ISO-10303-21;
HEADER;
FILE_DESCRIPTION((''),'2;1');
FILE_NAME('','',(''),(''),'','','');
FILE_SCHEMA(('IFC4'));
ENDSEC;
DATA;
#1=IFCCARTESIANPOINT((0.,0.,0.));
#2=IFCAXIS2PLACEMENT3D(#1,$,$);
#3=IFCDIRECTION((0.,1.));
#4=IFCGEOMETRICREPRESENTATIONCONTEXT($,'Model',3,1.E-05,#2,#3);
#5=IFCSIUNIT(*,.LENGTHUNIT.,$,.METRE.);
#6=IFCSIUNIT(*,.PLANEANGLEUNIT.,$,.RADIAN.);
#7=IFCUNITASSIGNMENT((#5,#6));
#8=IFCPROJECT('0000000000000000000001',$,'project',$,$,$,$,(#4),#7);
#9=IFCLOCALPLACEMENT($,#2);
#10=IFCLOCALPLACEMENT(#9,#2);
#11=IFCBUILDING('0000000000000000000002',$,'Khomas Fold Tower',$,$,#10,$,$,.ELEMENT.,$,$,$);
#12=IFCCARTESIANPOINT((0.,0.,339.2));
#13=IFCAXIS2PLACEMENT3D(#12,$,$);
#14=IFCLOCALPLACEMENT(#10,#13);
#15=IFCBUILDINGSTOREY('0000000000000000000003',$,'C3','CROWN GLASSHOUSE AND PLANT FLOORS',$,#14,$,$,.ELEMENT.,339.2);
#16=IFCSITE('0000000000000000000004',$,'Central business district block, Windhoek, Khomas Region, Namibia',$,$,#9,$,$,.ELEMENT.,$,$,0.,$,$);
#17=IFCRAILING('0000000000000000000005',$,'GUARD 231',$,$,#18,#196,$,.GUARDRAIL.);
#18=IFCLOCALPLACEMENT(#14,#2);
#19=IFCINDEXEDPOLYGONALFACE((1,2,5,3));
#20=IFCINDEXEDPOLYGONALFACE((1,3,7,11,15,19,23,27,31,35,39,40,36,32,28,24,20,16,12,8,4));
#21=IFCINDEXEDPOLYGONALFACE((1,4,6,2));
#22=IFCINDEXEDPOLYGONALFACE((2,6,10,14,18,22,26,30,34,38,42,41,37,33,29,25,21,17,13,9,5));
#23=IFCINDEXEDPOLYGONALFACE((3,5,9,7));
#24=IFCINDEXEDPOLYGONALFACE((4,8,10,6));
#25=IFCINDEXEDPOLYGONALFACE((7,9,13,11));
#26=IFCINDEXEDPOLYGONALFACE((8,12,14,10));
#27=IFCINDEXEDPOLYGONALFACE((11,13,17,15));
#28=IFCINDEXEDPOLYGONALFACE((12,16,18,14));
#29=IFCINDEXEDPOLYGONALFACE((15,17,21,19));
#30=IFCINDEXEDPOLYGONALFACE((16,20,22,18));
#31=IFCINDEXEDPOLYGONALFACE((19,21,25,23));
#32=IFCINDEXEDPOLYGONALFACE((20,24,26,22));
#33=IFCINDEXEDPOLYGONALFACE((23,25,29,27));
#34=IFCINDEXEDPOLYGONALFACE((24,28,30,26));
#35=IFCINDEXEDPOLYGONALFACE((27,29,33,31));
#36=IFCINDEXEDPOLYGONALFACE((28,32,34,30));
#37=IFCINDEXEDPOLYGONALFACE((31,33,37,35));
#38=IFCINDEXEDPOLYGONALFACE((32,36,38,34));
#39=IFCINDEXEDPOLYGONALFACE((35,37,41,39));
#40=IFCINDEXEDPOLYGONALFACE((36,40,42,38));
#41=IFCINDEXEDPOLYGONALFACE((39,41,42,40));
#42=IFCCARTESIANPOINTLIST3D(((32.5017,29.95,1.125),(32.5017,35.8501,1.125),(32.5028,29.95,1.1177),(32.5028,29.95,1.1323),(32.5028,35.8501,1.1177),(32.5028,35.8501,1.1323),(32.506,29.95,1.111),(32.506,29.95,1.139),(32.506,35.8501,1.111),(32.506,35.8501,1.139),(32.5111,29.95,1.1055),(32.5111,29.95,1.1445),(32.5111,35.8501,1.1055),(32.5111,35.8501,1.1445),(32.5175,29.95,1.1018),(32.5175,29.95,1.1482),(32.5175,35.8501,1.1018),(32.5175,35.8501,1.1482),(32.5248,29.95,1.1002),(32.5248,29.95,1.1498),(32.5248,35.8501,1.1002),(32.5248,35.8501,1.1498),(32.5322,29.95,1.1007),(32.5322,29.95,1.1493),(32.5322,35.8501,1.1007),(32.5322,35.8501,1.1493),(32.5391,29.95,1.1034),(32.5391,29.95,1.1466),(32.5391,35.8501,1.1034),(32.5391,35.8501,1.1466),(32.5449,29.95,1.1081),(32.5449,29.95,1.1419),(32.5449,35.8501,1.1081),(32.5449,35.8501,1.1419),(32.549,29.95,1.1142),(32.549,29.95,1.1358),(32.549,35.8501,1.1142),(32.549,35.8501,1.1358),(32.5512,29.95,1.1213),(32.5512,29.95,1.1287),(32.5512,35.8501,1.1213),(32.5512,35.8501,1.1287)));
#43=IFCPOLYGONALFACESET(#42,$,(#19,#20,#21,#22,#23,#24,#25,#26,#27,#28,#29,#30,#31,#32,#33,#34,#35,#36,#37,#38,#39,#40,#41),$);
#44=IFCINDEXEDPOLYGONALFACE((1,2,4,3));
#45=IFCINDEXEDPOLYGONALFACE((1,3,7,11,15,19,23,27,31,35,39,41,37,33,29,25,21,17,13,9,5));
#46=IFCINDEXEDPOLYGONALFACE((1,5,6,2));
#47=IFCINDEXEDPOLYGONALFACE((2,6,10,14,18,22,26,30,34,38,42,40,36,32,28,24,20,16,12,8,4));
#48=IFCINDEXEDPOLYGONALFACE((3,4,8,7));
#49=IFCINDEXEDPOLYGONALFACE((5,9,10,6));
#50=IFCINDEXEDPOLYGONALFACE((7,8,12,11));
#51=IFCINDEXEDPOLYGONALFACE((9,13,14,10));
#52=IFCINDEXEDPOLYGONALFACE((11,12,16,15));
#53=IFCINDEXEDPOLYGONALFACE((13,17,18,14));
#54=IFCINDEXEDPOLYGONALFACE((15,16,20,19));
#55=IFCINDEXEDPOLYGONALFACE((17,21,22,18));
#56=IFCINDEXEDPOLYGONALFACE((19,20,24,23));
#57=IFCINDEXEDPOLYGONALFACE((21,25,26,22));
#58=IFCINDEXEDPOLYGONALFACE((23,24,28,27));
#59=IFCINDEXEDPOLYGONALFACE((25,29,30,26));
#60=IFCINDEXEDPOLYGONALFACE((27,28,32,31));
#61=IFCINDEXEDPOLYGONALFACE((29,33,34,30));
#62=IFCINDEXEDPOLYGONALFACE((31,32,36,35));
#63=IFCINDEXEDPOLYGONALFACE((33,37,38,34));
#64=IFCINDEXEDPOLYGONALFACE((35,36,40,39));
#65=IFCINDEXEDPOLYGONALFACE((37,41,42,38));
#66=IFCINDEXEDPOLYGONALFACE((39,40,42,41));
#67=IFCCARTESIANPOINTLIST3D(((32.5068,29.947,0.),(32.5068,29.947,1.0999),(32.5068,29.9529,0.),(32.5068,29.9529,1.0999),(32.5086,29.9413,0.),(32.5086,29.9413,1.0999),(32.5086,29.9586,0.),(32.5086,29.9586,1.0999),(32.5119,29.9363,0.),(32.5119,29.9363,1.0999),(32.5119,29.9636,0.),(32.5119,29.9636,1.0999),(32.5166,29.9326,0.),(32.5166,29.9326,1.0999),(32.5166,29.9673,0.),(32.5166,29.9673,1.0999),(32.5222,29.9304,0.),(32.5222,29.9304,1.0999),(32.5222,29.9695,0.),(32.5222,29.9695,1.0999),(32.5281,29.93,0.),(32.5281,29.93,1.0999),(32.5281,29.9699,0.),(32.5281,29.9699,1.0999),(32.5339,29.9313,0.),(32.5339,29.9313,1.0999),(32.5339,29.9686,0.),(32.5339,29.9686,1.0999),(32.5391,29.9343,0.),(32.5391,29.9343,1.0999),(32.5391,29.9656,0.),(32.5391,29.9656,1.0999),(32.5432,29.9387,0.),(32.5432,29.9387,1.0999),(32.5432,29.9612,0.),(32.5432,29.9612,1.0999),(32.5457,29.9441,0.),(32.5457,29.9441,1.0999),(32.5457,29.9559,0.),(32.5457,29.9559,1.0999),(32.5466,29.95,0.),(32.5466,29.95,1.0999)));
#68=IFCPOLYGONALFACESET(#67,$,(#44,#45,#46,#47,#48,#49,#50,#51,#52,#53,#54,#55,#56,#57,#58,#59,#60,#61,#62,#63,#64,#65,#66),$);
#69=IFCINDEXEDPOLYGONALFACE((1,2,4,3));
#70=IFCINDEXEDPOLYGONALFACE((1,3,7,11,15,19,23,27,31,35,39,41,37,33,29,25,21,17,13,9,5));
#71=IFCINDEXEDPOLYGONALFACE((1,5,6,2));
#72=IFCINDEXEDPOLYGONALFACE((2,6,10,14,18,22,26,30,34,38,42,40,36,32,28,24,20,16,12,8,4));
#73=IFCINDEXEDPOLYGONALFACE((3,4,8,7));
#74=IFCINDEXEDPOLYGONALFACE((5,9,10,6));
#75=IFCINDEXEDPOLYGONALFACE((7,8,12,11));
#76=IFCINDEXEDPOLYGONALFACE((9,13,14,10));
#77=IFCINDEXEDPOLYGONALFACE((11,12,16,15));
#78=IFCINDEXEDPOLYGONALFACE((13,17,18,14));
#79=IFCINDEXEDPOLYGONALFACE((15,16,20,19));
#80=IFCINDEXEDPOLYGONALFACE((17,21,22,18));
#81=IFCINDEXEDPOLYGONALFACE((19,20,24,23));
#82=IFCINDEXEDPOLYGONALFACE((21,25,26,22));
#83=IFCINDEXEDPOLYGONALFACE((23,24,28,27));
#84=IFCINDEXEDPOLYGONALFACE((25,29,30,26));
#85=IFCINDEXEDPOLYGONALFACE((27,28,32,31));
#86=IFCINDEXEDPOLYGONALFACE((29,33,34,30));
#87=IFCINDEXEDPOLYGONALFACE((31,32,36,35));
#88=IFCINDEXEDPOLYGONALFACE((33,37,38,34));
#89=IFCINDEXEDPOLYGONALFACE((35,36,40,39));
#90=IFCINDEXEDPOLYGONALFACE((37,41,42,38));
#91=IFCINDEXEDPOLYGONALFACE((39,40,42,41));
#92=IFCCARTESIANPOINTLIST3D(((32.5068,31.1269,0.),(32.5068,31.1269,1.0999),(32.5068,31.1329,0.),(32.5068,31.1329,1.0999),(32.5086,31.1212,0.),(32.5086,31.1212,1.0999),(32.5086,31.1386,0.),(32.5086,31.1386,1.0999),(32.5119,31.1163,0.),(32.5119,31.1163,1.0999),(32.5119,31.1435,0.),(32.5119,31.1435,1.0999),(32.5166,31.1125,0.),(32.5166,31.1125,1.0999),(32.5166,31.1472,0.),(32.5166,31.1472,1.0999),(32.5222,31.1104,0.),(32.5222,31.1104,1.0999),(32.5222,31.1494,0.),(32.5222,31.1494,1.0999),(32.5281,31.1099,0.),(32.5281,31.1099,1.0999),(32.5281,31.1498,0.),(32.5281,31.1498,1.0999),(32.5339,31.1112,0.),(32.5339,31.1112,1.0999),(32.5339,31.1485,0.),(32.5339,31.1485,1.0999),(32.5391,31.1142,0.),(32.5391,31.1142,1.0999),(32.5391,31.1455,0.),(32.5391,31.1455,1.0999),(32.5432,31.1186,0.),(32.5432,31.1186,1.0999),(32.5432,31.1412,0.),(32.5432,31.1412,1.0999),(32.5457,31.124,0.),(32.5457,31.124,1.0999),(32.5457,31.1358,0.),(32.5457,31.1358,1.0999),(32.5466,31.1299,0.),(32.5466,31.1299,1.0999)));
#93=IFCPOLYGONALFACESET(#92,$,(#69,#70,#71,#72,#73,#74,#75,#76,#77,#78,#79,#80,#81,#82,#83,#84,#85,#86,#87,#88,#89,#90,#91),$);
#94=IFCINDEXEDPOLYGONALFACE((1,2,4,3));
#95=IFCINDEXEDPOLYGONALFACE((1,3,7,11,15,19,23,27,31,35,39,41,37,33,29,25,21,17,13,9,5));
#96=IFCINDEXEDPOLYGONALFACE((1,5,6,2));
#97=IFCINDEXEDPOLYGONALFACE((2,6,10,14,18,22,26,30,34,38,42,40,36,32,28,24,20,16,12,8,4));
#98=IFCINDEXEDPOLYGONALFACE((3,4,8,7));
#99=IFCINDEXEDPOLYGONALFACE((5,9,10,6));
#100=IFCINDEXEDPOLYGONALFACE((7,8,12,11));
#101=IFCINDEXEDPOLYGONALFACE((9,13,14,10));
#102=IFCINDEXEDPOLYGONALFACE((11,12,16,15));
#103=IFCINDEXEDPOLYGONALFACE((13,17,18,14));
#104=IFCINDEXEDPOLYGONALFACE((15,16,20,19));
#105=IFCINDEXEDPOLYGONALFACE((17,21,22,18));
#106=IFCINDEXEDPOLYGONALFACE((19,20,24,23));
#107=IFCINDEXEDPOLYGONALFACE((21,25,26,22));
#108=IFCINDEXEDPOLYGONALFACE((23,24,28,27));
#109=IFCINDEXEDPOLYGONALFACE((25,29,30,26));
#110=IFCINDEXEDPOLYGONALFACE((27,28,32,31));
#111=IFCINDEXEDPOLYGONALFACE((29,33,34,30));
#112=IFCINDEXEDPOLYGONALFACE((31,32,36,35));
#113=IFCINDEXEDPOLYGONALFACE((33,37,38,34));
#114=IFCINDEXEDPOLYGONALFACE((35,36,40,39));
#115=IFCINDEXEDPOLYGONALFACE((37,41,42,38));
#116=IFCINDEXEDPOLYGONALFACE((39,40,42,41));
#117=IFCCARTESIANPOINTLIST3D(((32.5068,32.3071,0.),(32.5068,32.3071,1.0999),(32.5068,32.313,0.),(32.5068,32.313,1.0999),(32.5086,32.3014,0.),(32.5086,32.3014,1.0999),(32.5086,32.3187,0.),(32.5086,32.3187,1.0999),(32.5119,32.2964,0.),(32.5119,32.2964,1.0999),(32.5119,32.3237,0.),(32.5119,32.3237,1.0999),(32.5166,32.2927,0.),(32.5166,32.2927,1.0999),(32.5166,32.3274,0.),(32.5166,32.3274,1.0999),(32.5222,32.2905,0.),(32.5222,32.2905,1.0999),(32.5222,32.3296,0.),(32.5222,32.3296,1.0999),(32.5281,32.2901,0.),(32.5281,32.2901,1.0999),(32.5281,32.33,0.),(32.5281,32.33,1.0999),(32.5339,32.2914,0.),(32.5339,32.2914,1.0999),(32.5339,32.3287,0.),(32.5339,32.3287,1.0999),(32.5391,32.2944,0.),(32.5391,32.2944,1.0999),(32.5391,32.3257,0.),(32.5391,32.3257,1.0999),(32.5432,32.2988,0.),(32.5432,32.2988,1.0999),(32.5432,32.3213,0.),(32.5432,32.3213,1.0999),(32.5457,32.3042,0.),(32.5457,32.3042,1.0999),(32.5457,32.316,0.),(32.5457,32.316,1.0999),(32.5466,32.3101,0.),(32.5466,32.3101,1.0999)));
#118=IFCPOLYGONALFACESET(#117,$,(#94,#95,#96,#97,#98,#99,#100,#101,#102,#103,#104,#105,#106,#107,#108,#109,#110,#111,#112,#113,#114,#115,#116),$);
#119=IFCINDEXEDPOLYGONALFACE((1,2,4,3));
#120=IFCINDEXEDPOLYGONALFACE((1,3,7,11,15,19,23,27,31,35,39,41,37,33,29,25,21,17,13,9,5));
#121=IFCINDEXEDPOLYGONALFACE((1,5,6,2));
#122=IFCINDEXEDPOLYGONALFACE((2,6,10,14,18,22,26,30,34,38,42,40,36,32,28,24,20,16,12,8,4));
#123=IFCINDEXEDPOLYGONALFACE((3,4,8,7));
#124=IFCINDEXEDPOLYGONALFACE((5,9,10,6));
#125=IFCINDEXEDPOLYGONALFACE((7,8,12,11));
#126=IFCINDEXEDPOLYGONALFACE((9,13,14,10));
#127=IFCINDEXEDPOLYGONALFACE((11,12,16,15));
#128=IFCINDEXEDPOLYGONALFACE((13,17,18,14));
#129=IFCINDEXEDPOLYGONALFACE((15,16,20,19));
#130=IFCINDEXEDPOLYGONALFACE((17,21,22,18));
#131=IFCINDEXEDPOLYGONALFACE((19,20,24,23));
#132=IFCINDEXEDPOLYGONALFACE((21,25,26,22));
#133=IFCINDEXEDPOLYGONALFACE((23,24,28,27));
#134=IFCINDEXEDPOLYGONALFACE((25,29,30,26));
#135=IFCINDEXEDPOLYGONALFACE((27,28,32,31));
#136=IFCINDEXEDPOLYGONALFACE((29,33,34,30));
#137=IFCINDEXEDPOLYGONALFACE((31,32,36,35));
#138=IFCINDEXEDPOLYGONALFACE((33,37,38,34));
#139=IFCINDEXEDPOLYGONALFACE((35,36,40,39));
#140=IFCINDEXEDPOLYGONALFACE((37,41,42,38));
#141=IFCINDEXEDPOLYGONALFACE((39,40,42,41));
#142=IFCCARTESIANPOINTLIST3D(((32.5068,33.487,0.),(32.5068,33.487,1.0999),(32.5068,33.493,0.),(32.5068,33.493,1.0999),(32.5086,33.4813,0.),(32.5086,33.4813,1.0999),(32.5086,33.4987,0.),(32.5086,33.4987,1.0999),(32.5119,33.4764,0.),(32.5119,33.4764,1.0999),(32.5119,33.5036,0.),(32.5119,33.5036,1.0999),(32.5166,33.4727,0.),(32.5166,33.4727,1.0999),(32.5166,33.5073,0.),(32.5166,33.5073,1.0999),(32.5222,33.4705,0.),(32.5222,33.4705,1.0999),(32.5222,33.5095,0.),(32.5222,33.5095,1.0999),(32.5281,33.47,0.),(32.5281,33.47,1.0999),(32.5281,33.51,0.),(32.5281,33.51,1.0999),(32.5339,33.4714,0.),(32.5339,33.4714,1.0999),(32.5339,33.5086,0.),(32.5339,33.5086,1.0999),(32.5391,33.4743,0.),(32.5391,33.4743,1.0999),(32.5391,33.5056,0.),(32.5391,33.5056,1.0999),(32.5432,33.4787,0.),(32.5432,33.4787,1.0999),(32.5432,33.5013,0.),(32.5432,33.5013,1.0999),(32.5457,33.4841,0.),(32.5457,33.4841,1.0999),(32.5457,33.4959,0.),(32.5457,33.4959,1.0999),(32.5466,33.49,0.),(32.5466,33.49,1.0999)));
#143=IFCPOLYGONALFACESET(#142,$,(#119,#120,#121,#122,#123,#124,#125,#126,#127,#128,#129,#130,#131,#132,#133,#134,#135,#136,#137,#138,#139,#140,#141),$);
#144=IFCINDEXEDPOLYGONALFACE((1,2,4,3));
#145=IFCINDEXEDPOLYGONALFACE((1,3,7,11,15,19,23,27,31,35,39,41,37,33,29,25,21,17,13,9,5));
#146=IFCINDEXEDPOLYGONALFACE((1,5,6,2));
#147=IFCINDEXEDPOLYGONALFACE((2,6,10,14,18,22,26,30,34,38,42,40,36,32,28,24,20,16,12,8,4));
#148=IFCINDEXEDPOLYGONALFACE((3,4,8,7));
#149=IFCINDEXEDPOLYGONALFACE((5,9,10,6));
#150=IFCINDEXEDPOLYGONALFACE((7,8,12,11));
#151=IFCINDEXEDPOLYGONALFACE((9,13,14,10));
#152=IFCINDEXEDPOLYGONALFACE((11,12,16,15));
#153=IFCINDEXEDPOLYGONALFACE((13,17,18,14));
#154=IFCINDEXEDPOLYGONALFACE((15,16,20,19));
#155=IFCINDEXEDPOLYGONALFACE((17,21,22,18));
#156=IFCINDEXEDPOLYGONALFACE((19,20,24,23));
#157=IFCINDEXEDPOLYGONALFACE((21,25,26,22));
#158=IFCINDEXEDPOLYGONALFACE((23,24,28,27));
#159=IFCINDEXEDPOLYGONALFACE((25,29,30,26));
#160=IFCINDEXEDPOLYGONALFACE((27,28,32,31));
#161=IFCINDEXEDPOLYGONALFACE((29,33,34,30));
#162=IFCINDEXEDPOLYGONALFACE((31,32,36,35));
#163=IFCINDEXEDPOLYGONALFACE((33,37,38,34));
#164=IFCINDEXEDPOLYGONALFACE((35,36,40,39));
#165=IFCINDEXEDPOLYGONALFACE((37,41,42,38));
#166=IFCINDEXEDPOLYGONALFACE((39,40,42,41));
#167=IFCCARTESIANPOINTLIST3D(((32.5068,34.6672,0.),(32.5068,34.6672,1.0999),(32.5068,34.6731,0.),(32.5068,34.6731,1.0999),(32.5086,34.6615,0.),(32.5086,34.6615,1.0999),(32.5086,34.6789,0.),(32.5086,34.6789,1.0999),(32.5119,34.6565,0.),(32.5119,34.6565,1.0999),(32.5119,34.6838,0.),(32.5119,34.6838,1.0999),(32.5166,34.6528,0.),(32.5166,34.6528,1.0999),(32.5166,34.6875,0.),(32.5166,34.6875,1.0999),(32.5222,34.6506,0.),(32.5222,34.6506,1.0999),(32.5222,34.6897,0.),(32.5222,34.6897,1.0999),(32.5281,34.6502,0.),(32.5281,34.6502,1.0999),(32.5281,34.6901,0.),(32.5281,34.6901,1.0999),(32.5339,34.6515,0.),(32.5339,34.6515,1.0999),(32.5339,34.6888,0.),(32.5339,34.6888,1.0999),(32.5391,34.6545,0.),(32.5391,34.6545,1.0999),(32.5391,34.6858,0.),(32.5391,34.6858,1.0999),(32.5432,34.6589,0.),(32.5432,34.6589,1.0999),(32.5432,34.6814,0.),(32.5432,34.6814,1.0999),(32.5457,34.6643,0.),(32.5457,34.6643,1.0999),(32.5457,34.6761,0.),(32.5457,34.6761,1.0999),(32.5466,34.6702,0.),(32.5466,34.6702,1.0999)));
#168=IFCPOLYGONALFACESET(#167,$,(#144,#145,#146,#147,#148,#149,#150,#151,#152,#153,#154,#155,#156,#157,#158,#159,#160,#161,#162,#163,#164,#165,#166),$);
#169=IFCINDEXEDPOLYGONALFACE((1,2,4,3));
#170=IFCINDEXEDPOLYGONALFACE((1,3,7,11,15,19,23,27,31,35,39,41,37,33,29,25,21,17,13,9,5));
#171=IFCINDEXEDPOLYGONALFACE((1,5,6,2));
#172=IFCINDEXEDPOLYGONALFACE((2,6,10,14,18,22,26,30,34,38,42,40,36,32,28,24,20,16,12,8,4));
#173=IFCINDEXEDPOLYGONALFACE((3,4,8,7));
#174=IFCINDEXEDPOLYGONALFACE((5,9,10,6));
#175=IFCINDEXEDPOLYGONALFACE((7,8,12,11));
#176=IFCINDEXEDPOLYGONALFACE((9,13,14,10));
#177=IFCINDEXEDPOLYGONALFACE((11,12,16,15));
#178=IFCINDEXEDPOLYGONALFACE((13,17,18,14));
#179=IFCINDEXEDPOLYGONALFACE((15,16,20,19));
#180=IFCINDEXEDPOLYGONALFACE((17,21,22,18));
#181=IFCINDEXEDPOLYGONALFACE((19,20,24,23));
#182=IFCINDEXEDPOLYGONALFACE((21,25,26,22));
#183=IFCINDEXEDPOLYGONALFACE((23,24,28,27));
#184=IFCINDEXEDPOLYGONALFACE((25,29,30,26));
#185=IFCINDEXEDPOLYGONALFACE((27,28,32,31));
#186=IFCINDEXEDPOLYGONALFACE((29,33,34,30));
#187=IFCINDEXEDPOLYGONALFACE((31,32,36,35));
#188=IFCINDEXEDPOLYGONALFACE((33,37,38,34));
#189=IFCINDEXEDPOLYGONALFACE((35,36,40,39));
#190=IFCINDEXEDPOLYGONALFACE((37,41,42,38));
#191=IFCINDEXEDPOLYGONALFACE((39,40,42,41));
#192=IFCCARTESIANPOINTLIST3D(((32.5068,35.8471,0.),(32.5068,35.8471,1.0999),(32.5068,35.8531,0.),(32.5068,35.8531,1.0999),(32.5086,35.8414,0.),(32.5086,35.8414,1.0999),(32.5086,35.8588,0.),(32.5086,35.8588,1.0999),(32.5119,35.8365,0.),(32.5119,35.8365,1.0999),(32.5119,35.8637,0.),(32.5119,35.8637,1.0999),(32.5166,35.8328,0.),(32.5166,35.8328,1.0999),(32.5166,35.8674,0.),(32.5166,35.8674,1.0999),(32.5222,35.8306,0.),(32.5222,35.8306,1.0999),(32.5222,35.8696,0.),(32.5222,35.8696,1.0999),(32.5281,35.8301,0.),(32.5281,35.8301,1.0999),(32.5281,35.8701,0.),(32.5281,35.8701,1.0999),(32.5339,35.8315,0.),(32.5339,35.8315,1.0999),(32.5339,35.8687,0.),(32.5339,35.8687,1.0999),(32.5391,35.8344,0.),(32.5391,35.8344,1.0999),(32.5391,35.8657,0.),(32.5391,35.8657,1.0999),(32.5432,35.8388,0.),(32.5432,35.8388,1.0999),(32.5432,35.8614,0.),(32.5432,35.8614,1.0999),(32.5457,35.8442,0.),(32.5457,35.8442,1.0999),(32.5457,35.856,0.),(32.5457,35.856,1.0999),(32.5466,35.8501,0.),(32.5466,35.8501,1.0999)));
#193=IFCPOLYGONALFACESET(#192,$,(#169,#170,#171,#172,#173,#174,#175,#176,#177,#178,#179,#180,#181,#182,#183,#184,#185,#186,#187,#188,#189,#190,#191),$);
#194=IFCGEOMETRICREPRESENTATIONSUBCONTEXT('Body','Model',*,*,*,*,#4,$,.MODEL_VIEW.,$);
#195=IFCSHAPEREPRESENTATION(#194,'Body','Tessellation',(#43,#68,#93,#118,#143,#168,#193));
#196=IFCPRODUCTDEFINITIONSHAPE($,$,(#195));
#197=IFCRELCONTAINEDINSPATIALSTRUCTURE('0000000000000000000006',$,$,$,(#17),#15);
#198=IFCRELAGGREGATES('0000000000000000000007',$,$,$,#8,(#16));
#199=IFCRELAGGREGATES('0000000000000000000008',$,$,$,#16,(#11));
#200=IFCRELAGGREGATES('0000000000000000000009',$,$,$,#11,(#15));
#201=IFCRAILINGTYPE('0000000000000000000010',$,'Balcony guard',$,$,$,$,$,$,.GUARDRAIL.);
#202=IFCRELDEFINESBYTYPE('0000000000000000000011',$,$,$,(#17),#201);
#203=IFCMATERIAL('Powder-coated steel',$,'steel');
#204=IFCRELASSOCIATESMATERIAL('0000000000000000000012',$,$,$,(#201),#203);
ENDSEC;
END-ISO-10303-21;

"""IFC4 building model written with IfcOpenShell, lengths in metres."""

from ifc_helpers import new_model, si_unit, direction, frame, origin, origin_2d, place, context, subcontext, project, spatial, circle, extrude, source, transform, mapped, material, type_object, element, save


model = new_model("IFC4")

# Units and contexts
model_context = context("Model", 3, precision=1e-05, world=origin(), true_north=direction((0.0, 1.0)))
body_context = subcontext(model_context, "Body", "Model", "MODEL_VIEW")
ifc_project = project(units=[si_unit("LENGTHUNIT", "METRE"), si_unit("PLANEANGLEUNIT", "RADIAN")], contexts=[model_context])

# Site, building, storey
site_placement = place(None, origin())
site = spatial("IfcSite", under=ifc_project, at=site_placement, Name="Central business district block, Windhoek, Khomas Region, Namibia", CompositionType="ELEMENT", RefElevation=0.0)
building_placement = place(site_placement, origin())
building = spatial("IfcBuilding", under=site, at=building_placement, Name="Khomas Fold Tower", CompositionType="ELEMENT")
storey_placement = place(building_placement, frame((0.0, 0.0, 339.2)))
storey = spatial("IfcBuildingStorey", under=building, at=storey_placement, Name="C3", Description="CROWN GLASSHOUSE AND PLANT FLOORS", CompositionType="ELEMENT", Elevation=339.2)

# Railing
ifc_material_1 = material(Name="Powder-coated steel", Category="steel")
railing_type = type_object("IfcRailingType", Name="Balcony guard", PredefinedType="GUARDRAIL", material=ifc_material_1)
shared_shape_1 = source(origin(), body_context, "Body", "SweptSolid", [
    extrude(circle(Radius=0.0249, at=origin_2d()), frame((0.0, 0.0, 1.125), z_axis=(0.0, 1.0, 0.0), x_axis=(-1.0, 0.0, 0.0)), (0.0, 0.0, 1.0), 5.9001),
    extrude(circle(Radius=0.02, at=origin_2d()), origin(), (0.0, 0.0, 1.0), 1.0999),
    extrude(circle(Radius=0.02, at=origin_2d()), frame((0.0, 1.1799, 0.0)), (0.0, 0.0, 1.0), 1.0999),
    extrude(circle(Radius=0.02, at=origin_2d()), frame((0.0, 2.3601, 0.0)), (0.0, 0.0, 1.0), 1.0999),
    extrude(circle(Radius=0.02, at=origin_2d()), frame((0.0, 3.54, 0.0)), (0.0, 0.0, 1.0), 1.0999),
    extrude(circle(Radius=0.02, at=origin_2d()), frame((0.0, 4.7202, 0.0)), (0.0, 0.0, 1.0), 1.0999),
    extrude(circle(Radius=0.02, at=origin_2d()), frame((0.0, 5.9001, 0.0)), (0.0, 0.0, 1.0), 1.0999),
])
railing_1_placement = place(storey_placement, frame((32.5266, 29.95, 0.0)))
element("IfcRailing", 1, at=railing_1_placement, inside=storey, type_object=railing_type, Name="GUARD 231", PredefinedType="GUARDRAIL", context=body_context, shape_type="MappedRepresentation", body=[
    mapped(shared_shape_1, transform((0.0, 0.0, 0.0))),
])

save(model, "model.ifc")
